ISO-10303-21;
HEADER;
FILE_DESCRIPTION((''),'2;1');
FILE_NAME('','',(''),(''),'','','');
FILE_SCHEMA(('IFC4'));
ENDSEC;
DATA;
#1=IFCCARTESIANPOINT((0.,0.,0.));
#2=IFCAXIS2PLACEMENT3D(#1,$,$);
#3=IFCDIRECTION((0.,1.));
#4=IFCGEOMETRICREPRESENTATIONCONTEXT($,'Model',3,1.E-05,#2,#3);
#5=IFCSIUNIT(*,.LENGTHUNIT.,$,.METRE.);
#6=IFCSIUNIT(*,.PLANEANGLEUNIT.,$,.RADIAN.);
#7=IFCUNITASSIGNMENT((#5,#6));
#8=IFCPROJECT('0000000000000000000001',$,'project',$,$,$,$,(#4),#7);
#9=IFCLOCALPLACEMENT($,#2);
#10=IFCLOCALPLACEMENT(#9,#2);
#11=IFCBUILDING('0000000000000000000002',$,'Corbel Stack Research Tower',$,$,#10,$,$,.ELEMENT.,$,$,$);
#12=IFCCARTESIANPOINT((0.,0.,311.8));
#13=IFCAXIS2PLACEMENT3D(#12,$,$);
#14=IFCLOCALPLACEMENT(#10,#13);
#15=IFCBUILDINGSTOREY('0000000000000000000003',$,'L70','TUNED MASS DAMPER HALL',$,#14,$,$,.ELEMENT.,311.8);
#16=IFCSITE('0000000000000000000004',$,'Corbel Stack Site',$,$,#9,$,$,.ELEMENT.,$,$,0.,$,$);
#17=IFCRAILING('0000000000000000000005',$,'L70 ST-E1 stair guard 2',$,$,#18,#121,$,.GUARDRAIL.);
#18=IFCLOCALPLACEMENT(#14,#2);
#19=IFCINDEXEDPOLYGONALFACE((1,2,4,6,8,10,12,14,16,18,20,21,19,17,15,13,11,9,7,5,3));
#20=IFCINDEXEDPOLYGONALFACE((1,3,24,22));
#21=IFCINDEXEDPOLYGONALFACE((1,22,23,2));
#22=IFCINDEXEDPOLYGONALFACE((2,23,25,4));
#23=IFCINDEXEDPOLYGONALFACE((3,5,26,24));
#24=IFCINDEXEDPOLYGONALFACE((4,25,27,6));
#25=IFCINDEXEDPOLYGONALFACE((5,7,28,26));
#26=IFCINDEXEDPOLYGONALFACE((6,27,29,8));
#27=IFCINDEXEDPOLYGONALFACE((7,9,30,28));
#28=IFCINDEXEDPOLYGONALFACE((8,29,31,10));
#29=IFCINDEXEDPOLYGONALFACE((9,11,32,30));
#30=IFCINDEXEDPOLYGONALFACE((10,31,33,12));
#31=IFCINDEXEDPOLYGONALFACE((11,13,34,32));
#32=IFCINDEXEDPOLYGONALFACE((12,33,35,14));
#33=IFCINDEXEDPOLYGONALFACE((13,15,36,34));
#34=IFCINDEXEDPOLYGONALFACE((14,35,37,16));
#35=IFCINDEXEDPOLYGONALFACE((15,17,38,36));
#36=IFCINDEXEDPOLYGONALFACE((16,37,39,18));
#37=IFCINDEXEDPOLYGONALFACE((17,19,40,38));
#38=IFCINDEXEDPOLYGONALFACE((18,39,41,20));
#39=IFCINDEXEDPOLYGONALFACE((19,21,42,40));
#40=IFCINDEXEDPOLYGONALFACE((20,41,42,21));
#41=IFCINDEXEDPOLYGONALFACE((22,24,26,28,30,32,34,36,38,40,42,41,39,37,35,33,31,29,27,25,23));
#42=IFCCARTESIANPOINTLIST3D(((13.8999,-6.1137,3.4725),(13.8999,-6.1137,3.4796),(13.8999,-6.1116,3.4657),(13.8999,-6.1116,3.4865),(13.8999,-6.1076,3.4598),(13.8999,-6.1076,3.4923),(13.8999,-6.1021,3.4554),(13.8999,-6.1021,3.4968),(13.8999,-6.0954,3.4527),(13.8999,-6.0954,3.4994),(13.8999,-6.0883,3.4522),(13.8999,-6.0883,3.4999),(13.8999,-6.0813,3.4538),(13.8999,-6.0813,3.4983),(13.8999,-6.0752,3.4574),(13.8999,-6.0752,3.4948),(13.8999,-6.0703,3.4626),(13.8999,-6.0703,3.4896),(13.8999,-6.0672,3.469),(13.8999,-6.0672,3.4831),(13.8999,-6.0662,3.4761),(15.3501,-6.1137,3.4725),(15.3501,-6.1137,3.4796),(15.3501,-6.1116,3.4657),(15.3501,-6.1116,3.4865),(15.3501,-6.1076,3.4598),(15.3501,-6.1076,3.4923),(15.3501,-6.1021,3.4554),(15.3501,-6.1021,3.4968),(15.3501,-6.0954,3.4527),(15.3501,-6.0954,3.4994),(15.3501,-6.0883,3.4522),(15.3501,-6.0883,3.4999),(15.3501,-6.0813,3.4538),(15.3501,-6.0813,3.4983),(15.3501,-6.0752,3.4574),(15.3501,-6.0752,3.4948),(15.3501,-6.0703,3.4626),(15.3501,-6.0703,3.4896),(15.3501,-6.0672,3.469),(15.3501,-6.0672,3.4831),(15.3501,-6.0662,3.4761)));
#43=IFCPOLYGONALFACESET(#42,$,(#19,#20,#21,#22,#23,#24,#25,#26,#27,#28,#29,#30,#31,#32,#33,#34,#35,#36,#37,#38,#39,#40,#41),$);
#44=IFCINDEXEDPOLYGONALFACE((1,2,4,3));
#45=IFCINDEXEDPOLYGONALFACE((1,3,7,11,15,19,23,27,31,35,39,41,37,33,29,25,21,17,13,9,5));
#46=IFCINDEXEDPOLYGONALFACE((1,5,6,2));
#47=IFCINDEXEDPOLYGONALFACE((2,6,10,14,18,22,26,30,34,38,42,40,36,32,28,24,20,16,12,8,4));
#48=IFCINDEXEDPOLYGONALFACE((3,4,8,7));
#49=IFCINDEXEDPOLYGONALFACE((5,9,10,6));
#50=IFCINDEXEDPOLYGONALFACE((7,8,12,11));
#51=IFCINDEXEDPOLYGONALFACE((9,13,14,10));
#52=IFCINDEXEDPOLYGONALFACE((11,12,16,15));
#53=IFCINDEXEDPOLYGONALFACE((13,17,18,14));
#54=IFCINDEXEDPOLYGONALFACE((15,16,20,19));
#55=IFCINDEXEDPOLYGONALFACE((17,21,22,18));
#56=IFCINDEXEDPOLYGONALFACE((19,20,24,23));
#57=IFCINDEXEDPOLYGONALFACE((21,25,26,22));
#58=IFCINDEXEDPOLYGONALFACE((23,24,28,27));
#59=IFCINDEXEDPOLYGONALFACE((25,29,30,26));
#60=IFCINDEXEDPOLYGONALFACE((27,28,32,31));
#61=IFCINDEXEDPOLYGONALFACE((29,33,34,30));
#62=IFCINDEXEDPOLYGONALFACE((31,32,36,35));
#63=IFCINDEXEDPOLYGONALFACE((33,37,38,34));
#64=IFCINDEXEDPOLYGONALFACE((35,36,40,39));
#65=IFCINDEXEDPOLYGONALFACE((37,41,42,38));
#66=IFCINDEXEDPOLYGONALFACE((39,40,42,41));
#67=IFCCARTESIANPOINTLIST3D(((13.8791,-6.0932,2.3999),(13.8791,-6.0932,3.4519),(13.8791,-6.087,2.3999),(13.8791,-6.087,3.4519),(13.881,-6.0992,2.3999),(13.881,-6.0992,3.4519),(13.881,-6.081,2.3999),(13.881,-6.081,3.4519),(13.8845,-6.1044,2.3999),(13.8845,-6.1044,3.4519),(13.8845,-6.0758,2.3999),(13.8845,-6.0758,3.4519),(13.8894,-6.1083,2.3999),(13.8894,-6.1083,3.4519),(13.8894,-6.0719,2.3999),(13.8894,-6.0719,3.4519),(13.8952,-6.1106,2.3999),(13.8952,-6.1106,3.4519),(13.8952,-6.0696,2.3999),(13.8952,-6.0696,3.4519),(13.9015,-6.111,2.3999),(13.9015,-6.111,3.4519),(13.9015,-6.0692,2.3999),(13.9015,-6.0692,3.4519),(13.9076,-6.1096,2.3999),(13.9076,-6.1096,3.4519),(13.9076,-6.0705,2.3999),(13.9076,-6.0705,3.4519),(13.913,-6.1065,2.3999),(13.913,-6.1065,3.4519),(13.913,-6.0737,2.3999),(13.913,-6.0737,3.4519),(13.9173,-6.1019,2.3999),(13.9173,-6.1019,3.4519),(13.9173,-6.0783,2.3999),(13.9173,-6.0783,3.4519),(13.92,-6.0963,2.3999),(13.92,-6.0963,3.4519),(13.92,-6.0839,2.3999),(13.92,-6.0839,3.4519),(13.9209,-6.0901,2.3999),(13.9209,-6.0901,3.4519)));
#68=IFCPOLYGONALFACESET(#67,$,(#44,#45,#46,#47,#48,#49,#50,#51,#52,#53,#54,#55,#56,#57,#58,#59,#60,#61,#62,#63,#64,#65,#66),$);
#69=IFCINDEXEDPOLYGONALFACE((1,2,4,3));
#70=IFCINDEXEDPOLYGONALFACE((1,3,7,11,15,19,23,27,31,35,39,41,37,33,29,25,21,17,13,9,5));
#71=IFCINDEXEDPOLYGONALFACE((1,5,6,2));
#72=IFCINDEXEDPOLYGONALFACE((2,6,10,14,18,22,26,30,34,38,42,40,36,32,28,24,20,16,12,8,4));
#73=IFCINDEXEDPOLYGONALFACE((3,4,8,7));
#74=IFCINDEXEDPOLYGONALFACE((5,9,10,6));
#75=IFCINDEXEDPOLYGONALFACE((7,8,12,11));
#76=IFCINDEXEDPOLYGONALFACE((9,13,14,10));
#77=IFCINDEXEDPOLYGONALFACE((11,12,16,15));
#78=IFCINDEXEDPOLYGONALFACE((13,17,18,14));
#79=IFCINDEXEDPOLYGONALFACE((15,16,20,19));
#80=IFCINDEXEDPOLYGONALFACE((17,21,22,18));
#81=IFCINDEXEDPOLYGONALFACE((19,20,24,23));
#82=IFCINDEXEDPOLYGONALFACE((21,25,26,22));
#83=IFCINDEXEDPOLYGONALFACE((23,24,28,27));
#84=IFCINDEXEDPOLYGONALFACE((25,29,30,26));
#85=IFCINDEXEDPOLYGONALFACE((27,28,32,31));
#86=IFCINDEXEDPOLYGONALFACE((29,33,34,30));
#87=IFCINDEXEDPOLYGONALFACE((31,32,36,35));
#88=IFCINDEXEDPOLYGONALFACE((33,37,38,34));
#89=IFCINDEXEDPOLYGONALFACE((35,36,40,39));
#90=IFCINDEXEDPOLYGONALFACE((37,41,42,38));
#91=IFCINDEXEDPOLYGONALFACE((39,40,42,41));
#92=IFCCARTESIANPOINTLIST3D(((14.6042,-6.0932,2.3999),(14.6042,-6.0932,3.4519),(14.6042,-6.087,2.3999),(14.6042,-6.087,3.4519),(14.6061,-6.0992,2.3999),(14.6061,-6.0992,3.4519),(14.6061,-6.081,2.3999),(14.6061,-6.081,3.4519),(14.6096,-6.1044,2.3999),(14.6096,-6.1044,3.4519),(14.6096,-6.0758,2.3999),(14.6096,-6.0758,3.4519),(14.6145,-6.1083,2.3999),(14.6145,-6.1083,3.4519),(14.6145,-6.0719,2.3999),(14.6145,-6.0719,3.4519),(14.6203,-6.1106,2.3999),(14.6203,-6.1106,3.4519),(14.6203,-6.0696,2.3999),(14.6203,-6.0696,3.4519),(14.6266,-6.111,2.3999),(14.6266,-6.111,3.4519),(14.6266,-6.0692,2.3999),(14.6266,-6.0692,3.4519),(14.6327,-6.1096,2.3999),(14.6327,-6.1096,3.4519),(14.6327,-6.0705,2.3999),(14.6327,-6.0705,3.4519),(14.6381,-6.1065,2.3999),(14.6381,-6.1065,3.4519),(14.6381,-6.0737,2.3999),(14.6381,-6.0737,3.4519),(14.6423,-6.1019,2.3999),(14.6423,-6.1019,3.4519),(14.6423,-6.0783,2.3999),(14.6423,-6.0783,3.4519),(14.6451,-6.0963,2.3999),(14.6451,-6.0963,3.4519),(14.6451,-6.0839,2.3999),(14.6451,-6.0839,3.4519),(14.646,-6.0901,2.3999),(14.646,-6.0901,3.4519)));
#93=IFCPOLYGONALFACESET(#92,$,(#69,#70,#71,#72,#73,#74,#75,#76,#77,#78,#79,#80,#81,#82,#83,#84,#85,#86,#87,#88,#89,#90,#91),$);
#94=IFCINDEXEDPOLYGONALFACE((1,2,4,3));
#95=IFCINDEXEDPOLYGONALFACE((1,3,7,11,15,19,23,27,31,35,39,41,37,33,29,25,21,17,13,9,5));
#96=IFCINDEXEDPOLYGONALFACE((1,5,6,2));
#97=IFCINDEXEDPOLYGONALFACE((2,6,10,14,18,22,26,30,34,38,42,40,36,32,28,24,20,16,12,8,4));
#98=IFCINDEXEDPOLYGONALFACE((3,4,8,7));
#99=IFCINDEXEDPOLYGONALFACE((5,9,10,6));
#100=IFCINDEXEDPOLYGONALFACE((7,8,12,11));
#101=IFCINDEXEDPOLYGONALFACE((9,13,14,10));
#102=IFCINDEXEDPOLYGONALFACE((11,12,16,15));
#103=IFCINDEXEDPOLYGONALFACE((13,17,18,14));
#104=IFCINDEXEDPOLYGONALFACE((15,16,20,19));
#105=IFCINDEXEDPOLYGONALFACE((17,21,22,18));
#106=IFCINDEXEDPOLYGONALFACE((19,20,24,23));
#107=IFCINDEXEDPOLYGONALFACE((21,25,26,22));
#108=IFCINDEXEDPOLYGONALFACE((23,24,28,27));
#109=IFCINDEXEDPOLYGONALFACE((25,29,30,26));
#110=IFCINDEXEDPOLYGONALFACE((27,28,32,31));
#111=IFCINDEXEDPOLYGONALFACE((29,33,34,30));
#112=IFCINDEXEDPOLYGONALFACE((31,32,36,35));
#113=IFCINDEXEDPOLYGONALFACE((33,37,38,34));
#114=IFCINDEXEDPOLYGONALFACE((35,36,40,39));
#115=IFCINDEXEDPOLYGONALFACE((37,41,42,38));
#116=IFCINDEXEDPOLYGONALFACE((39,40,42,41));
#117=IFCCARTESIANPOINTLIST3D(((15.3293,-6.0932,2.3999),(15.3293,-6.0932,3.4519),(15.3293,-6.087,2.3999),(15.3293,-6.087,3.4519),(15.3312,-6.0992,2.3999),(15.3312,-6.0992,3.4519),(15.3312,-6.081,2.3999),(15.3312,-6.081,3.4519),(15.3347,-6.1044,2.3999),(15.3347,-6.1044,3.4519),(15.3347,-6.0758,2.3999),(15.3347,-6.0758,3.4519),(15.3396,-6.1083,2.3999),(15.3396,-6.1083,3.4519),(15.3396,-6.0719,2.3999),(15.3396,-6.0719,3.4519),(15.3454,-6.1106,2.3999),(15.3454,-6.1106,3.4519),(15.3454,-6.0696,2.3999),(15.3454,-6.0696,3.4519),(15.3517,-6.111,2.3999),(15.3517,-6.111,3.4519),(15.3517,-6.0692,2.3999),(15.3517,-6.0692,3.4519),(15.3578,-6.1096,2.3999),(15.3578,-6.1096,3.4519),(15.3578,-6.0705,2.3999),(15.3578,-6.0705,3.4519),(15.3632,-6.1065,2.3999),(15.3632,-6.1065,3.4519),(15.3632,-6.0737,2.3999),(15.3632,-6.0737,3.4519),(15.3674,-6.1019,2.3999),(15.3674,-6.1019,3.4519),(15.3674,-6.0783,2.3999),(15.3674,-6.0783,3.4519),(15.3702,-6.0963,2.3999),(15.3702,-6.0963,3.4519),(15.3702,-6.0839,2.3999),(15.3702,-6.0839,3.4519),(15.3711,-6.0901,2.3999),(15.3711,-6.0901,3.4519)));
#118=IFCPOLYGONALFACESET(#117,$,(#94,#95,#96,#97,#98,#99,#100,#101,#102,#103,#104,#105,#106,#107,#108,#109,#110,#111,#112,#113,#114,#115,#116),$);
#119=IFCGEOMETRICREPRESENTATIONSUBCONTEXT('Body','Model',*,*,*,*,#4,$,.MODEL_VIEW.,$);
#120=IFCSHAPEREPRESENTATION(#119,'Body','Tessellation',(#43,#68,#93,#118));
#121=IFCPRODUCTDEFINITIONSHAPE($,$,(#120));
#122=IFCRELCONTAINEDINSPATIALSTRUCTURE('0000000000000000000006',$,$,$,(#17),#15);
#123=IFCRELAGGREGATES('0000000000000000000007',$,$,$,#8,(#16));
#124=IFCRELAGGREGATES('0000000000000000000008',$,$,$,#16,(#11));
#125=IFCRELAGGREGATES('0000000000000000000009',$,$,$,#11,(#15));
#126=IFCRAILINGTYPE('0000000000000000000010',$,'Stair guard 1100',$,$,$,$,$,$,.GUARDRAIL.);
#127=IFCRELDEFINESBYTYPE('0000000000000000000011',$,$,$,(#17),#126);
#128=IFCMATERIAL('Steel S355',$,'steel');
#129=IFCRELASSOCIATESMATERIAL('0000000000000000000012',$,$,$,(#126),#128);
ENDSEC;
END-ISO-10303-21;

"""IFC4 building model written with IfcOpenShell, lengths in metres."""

from ifc_helpers import new_model, si_unit, direction, frame, origin, origin_2d, place, context, subcontext, project, spatial, circle, extrude, material, type_object, element, save


model = new_model("IFC4")

# Units and contexts
model_context = context("Model", 3, precision=1e-05, world=origin(), true_north=direction((0.0, 1.0)))
body_context = subcontext(model_context, "Body", "Model", "MODEL_VIEW")
ifc_project = project(units=[si_unit("LENGTHUNIT", "METRE"), si_unit("PLANEANGLEUNIT", "RADIAN")], contexts=[model_context])

# Site, building, storey
site_placement = place(None, origin())
site = spatial("IfcSite", under=ifc_project, at=site_placement, Name="Corbel Stack Site", CompositionType="ELEMENT", RefElevation=0.0)
building_placement = place(site_placement, origin())
building = spatial("IfcBuilding", under=site, at=building_placement, Name="Corbel Stack Research Tower", CompositionType="ELEMENT")
storey_placement = place(building_placement, frame((0.0, 0.0, 311.8)))
storey = spatial("IfcBuildingStorey", under=building, at=storey_placement, Name="L70", Description="TUNED MASS DAMPER HALL", CompositionType="ELEMENT", Elevation=311.8)

# Railing
ifc_material_1 = material(Name="Steel S355", Category="steel")
railing_type_1 = type_object("IfcRailingType", Name="Stair guard 1100", PredefinedType="GUARDRAIL", material=ifc_material_1)
railing_1_placement = place(storey_placement, frame((13.8999, -6.0901, 2.3999)))
element("IfcRailing", 1, at=railing_1_placement, inside=storey, type_object=railing_type_1, Name="L70 ST-E1 stair guard 2", PredefinedType="GUARDRAIL", context=body_context, shape_type="SweptSolid", body=[
    extrude(circle(Radius=0.0239, at=origin_2d()), frame((0.0, 0.0, 1.0762), z_axis=(1.0, 0.0, 0.0), x_axis=(0.0, 1.0, 0.0)), (0.0, 0.0, 1.0), 1.4502),
    extrude(circle(Radius=0.021, at=origin_2d()), origin(), (0.0, 0.0, 1.0), 1.052),
    extrude(circle(Radius=0.021, at=origin_2d()), frame((0.7251, 0.0, 0.0)), (0.0, 0.0, 1.0), 1.052),
    extrude(circle(Radius=0.021, at=origin_2d()), frame((1.4502, 0.0, 0.0)), (0.0, 0.0, 1.0), 1.052),
])

save(model, "model.ifc")
